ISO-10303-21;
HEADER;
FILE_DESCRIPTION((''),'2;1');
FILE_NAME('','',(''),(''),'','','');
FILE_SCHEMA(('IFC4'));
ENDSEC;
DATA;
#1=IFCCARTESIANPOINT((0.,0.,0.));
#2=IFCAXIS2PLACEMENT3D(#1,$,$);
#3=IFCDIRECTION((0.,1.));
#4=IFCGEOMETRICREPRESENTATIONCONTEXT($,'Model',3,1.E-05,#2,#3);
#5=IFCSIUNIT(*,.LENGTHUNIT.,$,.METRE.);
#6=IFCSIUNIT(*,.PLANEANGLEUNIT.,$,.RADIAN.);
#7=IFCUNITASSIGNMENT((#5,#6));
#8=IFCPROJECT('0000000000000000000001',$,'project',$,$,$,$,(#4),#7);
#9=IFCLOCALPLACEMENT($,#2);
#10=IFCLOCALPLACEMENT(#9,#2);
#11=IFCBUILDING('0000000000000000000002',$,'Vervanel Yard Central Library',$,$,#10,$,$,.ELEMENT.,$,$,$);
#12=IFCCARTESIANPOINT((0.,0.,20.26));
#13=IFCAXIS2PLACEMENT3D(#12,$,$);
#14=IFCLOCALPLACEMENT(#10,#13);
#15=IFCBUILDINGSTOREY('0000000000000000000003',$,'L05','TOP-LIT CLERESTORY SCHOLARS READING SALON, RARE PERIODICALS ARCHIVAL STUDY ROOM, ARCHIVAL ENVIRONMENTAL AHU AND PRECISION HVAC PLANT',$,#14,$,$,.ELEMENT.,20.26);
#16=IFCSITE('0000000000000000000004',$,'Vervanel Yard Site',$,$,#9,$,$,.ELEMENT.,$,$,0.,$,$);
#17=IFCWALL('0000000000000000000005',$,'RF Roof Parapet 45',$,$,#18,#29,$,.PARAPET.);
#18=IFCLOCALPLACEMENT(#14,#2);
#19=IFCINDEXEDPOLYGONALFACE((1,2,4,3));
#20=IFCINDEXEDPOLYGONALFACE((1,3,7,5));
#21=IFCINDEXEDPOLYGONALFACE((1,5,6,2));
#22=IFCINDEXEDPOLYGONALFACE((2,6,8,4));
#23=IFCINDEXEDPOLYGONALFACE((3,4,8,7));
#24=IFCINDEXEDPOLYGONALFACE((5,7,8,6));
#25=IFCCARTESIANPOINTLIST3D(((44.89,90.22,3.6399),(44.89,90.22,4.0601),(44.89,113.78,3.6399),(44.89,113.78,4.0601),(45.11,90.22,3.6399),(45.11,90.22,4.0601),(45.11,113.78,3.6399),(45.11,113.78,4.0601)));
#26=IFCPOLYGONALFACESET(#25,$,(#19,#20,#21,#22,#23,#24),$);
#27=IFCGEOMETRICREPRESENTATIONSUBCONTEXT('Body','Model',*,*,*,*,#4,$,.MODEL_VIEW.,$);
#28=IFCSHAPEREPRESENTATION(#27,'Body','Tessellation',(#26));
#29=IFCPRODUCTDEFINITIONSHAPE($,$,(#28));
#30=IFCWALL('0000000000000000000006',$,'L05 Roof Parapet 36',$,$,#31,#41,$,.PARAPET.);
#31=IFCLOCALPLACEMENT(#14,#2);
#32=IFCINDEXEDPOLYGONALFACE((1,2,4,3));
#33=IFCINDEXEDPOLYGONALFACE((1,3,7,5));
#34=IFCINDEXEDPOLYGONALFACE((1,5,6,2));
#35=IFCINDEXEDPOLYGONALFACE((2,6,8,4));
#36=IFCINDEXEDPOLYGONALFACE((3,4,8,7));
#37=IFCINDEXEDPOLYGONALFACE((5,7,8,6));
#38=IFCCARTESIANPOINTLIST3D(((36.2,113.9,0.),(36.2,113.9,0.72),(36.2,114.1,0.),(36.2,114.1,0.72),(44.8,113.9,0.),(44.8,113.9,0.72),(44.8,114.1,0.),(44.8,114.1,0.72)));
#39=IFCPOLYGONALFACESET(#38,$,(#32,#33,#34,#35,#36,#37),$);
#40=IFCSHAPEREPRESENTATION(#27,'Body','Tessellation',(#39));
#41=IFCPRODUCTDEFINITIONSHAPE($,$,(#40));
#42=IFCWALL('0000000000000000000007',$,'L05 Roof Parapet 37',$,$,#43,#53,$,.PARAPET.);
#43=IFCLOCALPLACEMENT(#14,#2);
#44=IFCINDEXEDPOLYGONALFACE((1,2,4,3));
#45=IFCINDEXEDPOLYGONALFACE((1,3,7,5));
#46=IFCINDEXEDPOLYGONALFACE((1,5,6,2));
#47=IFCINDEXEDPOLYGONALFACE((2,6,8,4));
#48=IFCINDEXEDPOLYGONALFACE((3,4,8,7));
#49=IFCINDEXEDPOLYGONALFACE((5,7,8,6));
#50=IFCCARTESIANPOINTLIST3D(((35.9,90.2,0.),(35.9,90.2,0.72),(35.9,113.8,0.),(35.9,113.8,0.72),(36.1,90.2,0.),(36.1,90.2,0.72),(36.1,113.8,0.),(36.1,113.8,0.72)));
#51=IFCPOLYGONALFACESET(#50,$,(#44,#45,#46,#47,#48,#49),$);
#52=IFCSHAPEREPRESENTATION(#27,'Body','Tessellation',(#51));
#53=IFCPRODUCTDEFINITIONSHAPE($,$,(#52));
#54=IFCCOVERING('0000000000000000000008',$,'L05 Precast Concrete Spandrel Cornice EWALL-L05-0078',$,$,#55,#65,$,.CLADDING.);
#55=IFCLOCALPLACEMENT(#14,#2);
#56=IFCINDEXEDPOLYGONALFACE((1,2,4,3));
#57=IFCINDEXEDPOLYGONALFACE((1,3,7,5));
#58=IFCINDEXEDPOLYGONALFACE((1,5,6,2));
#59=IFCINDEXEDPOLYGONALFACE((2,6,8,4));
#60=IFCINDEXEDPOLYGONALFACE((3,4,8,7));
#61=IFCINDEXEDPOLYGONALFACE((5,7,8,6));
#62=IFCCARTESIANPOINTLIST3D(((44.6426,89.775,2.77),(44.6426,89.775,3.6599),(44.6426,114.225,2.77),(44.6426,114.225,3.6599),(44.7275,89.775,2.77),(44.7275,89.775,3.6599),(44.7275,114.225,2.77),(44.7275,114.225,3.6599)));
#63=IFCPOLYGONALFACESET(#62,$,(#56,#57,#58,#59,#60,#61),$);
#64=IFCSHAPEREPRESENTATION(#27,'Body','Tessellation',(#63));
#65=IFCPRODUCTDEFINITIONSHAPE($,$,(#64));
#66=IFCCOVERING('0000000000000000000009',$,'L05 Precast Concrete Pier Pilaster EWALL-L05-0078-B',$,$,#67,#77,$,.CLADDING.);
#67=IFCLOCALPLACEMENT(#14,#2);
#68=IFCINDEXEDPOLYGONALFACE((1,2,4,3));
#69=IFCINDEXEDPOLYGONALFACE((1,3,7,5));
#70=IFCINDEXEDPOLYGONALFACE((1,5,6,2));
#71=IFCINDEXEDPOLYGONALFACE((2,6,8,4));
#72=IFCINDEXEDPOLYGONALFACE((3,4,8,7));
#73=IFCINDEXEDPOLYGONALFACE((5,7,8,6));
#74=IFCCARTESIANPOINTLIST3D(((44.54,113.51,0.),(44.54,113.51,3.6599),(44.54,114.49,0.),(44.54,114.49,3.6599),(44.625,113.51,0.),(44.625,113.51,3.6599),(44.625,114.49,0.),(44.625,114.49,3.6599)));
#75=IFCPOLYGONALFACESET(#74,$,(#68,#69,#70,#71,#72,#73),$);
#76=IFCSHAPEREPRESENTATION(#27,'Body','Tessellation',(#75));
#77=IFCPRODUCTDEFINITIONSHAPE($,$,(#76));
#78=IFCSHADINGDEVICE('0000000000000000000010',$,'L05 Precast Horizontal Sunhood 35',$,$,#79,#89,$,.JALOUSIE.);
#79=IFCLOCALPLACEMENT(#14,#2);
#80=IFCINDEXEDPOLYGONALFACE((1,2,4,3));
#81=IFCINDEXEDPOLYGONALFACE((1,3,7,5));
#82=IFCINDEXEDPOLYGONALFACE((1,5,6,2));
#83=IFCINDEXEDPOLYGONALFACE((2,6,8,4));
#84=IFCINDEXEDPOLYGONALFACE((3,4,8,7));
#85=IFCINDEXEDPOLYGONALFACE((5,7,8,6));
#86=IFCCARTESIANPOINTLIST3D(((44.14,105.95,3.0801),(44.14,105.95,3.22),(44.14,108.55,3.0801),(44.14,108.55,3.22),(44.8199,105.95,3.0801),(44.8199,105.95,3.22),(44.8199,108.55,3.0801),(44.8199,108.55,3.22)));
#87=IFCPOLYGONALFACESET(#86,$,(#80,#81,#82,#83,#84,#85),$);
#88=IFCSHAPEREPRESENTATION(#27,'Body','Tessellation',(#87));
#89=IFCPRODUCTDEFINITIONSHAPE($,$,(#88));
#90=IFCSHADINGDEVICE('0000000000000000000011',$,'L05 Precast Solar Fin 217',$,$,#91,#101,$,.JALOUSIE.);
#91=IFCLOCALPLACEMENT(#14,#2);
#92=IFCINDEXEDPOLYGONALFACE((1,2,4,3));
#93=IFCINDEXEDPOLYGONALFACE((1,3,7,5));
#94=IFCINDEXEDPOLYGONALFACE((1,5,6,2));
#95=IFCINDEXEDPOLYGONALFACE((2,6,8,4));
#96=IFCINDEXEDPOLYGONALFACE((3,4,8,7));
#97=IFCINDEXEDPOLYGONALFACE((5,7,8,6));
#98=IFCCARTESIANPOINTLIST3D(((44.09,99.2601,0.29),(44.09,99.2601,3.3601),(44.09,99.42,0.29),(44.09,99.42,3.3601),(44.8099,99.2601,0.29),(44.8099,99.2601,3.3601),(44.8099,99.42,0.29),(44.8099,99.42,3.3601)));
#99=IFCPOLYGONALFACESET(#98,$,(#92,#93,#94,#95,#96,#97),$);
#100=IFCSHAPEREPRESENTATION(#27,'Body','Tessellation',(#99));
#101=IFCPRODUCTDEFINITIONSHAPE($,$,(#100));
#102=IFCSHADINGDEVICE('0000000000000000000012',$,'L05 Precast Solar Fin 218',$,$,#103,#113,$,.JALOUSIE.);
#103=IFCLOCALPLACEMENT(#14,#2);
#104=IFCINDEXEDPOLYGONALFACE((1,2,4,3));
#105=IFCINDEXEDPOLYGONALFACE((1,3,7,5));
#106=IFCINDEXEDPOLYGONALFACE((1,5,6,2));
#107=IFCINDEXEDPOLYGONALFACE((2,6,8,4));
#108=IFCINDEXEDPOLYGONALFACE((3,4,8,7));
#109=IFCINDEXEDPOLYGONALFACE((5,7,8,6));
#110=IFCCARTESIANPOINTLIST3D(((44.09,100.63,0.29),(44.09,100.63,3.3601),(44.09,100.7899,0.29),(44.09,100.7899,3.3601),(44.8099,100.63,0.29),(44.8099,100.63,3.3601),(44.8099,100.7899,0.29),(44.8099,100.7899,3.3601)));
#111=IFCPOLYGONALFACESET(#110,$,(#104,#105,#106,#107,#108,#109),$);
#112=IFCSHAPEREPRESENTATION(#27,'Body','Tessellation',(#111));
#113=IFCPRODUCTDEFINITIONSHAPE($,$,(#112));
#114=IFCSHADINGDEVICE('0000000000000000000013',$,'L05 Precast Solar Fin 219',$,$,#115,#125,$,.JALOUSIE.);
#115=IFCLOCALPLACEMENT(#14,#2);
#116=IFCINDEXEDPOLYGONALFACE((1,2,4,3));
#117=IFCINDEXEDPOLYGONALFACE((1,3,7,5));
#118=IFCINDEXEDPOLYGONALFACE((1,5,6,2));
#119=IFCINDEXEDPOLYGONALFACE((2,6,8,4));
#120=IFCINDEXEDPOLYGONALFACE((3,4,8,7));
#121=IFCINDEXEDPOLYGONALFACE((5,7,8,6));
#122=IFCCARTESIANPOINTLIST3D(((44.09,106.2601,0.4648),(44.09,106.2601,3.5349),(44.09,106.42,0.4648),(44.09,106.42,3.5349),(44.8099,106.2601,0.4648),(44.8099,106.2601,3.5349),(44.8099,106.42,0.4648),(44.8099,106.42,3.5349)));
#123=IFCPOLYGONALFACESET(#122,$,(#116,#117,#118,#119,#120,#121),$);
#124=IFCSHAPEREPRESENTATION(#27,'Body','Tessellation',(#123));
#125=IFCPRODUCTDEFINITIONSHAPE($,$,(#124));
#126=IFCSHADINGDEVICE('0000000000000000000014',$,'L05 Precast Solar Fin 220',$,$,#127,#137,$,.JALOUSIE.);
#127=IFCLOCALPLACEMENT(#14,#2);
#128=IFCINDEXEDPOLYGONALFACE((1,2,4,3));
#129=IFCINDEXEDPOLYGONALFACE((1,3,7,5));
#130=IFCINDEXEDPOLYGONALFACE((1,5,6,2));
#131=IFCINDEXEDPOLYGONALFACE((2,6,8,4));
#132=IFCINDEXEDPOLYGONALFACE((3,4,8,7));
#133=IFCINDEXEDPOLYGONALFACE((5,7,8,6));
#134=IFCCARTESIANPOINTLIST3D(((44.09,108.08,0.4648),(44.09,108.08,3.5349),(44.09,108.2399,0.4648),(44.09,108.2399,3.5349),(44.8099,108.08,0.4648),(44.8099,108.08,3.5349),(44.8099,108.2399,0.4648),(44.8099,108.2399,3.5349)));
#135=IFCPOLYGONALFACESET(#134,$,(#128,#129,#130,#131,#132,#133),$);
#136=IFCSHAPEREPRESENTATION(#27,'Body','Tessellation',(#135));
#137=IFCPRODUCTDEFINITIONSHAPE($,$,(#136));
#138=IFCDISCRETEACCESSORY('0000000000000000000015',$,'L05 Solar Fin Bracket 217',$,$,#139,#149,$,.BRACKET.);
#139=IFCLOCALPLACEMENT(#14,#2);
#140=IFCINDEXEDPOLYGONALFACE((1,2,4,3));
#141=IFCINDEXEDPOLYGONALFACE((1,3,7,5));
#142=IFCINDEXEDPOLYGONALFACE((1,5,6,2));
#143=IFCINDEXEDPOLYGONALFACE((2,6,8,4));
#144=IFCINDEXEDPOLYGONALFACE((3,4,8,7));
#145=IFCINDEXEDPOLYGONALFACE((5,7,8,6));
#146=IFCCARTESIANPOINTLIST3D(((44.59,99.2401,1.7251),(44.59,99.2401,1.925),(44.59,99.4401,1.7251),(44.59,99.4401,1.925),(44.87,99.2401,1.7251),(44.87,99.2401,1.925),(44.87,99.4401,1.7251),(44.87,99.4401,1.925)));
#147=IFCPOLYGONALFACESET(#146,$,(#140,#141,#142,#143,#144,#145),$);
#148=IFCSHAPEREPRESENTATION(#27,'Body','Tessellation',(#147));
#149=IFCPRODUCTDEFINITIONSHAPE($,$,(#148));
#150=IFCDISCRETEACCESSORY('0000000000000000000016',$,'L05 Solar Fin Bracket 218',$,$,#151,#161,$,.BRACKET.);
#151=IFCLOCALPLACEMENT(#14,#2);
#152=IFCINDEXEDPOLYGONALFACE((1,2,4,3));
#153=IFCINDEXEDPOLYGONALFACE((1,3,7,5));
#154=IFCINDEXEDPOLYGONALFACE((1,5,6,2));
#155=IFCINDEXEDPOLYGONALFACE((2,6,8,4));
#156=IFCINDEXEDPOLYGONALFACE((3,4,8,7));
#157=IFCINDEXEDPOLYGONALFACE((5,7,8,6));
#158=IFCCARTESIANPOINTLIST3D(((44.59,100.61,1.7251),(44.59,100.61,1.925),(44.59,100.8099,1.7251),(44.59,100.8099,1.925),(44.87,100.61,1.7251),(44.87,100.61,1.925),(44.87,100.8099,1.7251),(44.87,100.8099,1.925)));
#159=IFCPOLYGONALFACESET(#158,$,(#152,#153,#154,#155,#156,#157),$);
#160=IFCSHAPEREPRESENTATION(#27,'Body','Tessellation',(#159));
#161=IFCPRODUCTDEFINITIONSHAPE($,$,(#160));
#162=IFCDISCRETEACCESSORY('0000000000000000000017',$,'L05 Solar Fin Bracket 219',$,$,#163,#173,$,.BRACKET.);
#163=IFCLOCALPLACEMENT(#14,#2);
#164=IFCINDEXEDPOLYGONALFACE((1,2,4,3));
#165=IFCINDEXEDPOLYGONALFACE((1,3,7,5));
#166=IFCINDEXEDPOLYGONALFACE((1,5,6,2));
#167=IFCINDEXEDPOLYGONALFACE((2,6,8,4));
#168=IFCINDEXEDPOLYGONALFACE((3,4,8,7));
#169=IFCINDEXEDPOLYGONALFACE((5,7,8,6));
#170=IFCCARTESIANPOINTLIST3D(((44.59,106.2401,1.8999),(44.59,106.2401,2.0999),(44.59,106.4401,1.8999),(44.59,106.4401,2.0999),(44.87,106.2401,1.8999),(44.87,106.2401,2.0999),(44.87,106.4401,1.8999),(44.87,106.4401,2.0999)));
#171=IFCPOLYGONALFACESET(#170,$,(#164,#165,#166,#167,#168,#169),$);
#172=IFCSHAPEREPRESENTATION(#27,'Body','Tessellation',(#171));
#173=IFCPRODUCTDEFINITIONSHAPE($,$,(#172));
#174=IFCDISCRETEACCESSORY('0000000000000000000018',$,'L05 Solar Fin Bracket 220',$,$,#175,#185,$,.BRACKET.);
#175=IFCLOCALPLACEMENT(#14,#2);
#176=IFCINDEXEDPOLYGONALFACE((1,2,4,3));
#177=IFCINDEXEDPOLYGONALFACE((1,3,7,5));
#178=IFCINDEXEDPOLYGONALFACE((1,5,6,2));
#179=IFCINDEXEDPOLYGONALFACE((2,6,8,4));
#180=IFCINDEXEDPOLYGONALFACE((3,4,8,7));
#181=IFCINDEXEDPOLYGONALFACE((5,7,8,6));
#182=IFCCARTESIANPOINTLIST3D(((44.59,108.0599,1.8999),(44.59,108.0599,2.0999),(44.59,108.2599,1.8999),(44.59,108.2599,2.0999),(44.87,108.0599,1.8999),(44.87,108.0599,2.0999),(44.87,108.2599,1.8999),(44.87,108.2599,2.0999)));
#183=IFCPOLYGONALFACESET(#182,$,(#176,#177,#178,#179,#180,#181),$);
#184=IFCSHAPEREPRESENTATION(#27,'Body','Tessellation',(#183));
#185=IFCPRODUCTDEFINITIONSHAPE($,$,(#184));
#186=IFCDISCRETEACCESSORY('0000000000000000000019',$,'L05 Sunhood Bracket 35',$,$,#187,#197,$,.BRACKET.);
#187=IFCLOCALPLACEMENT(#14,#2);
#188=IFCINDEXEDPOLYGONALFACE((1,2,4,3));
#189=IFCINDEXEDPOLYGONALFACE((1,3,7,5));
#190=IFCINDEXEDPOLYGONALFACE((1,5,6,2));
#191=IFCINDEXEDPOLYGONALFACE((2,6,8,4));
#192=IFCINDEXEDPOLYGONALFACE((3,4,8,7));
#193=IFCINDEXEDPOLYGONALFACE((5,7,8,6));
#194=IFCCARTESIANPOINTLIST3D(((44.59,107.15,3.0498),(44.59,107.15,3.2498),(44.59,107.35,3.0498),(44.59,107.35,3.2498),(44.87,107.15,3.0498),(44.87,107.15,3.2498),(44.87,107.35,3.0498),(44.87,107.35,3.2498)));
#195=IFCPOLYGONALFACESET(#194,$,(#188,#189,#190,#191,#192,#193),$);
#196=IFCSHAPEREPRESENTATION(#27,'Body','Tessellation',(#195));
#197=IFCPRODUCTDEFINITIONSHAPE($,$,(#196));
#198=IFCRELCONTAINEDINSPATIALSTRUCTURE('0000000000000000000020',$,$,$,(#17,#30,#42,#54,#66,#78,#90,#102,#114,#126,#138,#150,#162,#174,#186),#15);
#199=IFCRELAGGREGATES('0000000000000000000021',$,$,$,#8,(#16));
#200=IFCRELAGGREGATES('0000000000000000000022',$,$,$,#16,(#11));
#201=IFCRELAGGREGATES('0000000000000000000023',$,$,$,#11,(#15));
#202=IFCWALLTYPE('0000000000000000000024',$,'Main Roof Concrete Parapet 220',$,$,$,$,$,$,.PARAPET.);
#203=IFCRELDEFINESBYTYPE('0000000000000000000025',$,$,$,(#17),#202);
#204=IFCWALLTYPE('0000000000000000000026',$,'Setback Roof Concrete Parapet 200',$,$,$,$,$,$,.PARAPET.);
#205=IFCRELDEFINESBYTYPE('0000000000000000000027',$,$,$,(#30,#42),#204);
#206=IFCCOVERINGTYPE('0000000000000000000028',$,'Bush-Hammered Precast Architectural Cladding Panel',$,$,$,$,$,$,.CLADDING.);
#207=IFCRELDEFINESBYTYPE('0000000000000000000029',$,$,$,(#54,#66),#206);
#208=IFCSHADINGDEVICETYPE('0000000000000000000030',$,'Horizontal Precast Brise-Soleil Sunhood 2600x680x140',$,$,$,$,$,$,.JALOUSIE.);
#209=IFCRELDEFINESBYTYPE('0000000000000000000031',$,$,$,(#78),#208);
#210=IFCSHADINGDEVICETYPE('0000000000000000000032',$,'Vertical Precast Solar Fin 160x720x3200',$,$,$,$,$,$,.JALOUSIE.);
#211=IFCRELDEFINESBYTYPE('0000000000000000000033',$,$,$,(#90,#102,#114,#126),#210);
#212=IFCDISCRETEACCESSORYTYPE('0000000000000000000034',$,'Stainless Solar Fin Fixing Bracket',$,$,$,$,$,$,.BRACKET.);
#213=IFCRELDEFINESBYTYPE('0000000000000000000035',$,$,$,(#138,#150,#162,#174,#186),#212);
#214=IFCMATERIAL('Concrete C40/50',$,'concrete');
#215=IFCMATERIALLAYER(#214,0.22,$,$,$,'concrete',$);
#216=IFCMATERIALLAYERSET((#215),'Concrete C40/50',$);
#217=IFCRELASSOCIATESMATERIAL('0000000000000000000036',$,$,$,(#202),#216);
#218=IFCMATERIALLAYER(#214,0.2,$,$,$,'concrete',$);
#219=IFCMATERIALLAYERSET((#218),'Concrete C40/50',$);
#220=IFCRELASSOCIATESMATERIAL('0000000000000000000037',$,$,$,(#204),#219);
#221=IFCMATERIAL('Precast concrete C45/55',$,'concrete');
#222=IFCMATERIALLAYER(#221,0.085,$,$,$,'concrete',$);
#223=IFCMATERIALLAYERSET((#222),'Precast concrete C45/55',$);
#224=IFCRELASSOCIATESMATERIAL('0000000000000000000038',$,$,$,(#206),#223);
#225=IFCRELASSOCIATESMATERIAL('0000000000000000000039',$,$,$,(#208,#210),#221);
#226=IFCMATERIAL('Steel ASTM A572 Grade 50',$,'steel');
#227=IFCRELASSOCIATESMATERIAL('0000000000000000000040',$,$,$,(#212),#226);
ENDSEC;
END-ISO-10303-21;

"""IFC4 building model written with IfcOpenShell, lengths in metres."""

from ifc_helpers import new_model, si_unit, direction, frame, frame_2d, origin, origin_2d, place, context, subcontext, project, spatial, rectangle, extrude, material, layer, layer_set, type_object, element, save


model = new_model("IFC4")

# Units and contexts
model_context = context("Model", 3, precision=1e-05, world=origin(), true_north=direction((0.0, 1.0)))
body_context = subcontext(model_context, "Body", "Model", "MODEL_VIEW")
ifc_project = project(units=[si_unit("LENGTHUNIT", "METRE"), si_unit("PLANEANGLEUNIT", "RADIAN")], contexts=[model_context])

# Site, building, storey
site_placement = place(None, origin())
site = spatial("IfcSite", under=ifc_project, at=site_placement, Name="Vervanel Yard Site", CompositionType="ELEMENT", RefElevation=0.0)
building_placement = place(site_placement, origin())
building = spatial("IfcBuilding", under=site, at=building_placement, Name="Vervanel Yard Central Library", CompositionType="ELEMENT")
storey_placement = place(building_placement, frame((0.0, 0.0, 20.26)))
storey = spatial("IfcBuildingStorey", under=building, at=storey_placement, Name="L05", Description="TOP-LIT CLERESTORY SCHOLARS READING SALON, RARE PERIODICALS ARCHIVAL STUDY ROOM, ARCHIVAL ENVIRONMENTAL AHU AND PRECISION HVAC PLANT", CompositionType="ELEMENT", Elevation=20.26)

# Shared definitions
ifc_material_1 = material(Name="Concrete C40/50", Category="concrete")

# Walls
ifc_layer_1 = layer(ifc_material_1, 0.22, Category="concrete")
ifc_layer_set_1 = layer_set([ifc_layer_1], Name="Concrete C40/50")
wall_type_1 = type_object("IfcWallType", Name="Main Roof Concrete Parapet 220", PredefinedType="PARAPET", material=ifc_layer_set_1)
wall_1_placement = place(storey_placement, frame((45.0, 113.78, 3.6399), z_axis=(0.0, 0.0, 1.0), x_axis=(0.0, -1.0, 0.0)))
element("IfcWall", 1, at=wall_1_placement, inside=storey, type_object=wall_type_1, Name="RF Roof Parapet 45", PredefinedType="PARAPET", context=body_context, shape_type="SweptSolid", body=[
    extrude(rectangle(XDim=23.5601, YDim=0.22, at=frame_2d((11.78, 0.0))), origin(), (0.0, 0.0, 1.0), 0.4202),
])
ifc_layer_2 = layer(ifc_material_1, 0.2, Category="concrete")
ifc_layer_set_2 = layer_set([ifc_layer_2], Name="Concrete C40/50")
wall_type_2 = type_object("IfcWallType", Name="Setback Roof Concrete Parapet 200", PredefinedType="PARAPET", material=ifc_layer_set_2)
wall_2_placement = place(storey_placement, frame((44.8, 114.0, 0.0), z_axis=(0.0, 0.0, 1.0), x_axis=(-1.0, 0.0, 0.0)))
element("IfcWall", 2, at=wall_2_placement, inside=storey, type_object=wall_type_2, Name="L05 Roof Parapet 36", PredefinedType="PARAPET", context=body_context, shape_type="SweptSolid", body=[
    extrude(rectangle(XDim=8.6001, YDim=0.2, at=frame_2d((4.3, 0.0))), origin(), (0.0, 0.0, 1.0), 0.72),
])
wall_3_placement = place(storey_placement, frame((36.0, 113.8, 0.0), z_axis=(0.0, 0.0, 1.0), x_axis=(0.0, -1.0, 0.0)))
element("IfcWall", 3, at=wall_3_placement, inside=storey, type_object=wall_type_2, Name="L05 Roof Parapet 37", PredefinedType="PARAPET", context=body_context, shape_type="SweptSolid", body=[
    extrude(rectangle(XDim=23.6001, YDim=0.2, at=frame_2d((11.8, 0.0))), origin(), (0.0, 0.0, 1.0), 0.72),
])

# Coverings
ifc_material_2 = material(Name="Precast concrete C45/55", Category="concrete")
ifc_layer_3 = layer(ifc_material_2, 0.085, Category="concrete")
ifc_layer_set_3 = layer_set([ifc_layer_3], Name="Precast concrete C45/55")
covering_type = type_object("IfcCoveringType", Name="Bush-Hammered Precast Architectural Cladding Panel", PredefinedType="CLADDING", material=ifc_layer_set_3)
covering_1_placement = place(storey_placement, frame((44.6851, 102.0, 2.77), z_axis=(0.0, 0.0, 1.0), x_axis=(0.0, 1.0, 0.0)))
element("IfcCovering", 4, at=covering_1_placement, inside=storey, type_object=covering_type, Name="L05 Precast Concrete Spandrel Cornice EWALL-L05-0078", PredefinedType="CLADDING", context=body_context, shape_type="SweptSolid", body=[
    extrude(rectangle(XDim=24.45, YDim=0.085, at=origin_2d()), origin(), (0.0, 0.0, 1.0), 0.8899),
])
covering_2_placement = place(storey_placement, frame((44.5825, 114.0, 0.0), z_axis=(0.0, 0.0, 1.0), x_axis=(0.0, 1.0, 0.0)))
element("IfcCovering", 5, at=covering_2_placement, inside=storey, type_object=covering_type, Name="L05 Precast Concrete Pier Pilaster EWALL-L05-0078-B", PredefinedType="CLADDING", context=body_context, shape_type="SweptSolid", body=[
    extrude(rectangle(XDim=0.98, YDim=0.085, at=origin_2d()), origin(), (0.0, 0.0, 1.0), 3.6599),
])

# Shading devices
shading_device_type_1 = type_object("IfcShadingDeviceType", Name="Horizontal Precast Brise-Soleil Sunhood 2600x680x140", PredefinedType="JALOUSIE", material=ifc_material_2)
shading_device_placement = place(storey_placement, frame((44.48, 107.25, 3.0801), z_axis=(0.0, 0.0, 1.0), x_axis=(0.0, 1.0, 0.0)))
element("IfcShadingDevice", 6, at=shading_device_placement, inside=storey, type_object=shading_device_type_1, Name="L05 Precast Horizontal Sunhood 35", PredefinedType="JALOUSIE", context=body_context, shape_type="SweptSolid", body=[
    extrude(rectangle(XDim=2.6001, YDim=0.6799, at=origin_2d()), origin(), (0.0, 0.0, 1.0), 0.1399),
])
shading_device_type_2 = type_object("IfcShadingDeviceType", Name="Vertical Precast Solar Fin 160x720x3200", PredefinedType="JALOUSIE", material=ifc_material_2)
for number, where, z_axis, x_axis, name in (
    (7, (44.45, 99.3401, 0.29), (0.0, 0.0, 1.0), (0.0, 1.0, 0.0), "L05 Precast Solar Fin 217"),
    (8, (44.45, 100.71, 0.29), (0.0, 0.0, 1.0), (0.0, 1.0, 0.0), "L05 Precast Solar Fin 218"),
    (9, (44.45, 106.3401, 0.4648), (0.0, 0.0, 1.0), (0.0, 1.0, 0.0), "L05 Precast Solar Fin 219"),
    (10, (44.45, 108.1599, 0.4648), (0.0, 0.0, 1.0), (0.0, 1.0, 0.0), "L05 Precast Solar Fin 220"),
):
    element("IfcShadingDevice", number, at=place(storey_placement, frame(where, z_axis=z_axis, x_axis=x_axis)), inside=storey, type_object=shading_device_type_2, Name=name, PredefinedType="JALOUSIE", context=body_context, shape_type="SweptSolid", body=[
        extrude(rectangle(XDim=0.1599, YDim=0.72, at=origin_2d()), origin(), (0.0, 0.0, 1.0), 3.0701),
    ])

# Discrete accessories
ifc_material_3 = material(Name="Steel ASTM A572 Grade 50", Category="steel")
discrete_accessory_type = type_object("IfcDiscreteAccessoryType", Name="Stainless Solar Fin Fixing Bracket", PredefinedType="BRACKET", material=ifc_material_3)
for number, where, z_axis, x_axis, name in (
    (11, (44.73, 99.3401, 1.7251), (0.0, 0.0, 1.0), (0.0, 1.0, 0.0), "L05 Solar Fin Bracket 217"),
    (12, (44.73, 100.71, 1.7251), (0.0, 0.0, 1.0), (0.0, 1.0, 0.0), "L05 Solar Fin Bracket 218"),
    (13, (44.73, 106.3401, 1.8999), (0.0, 0.0, 1.0), (0.0, 1.0, 0.0), "L05 Solar Fin Bracket 219"),
    (14, (44.73, 108.1599, 1.8999), (0.0, 0.0, 1.0), (0.0, 1.0, 0.0), "L05 Solar Fin Bracket 220"),
    (15, (44.73, 107.25, 3.0498), (0.0, 0.0, 1.0), (0.0, 1.0, 0.0), "L05 Sunhood Bracket 35"),
):
    element("IfcDiscreteAccessory", number, at=place(storey_placement, frame(where, z_axis=z_axis, x_axis=x_axis)), inside=storey, type_object=discrete_accessory_type, Name=name, PredefinedType="BRACKET", context=body_context, shape_type="SweptSolid", body=[
        extrude(rectangle(XDim=0.2, YDim=0.28, at=origin_2d()), origin(), (0.0, 0.0, 1.0), 0.2),
    ])

save(model, "model.ifc")
